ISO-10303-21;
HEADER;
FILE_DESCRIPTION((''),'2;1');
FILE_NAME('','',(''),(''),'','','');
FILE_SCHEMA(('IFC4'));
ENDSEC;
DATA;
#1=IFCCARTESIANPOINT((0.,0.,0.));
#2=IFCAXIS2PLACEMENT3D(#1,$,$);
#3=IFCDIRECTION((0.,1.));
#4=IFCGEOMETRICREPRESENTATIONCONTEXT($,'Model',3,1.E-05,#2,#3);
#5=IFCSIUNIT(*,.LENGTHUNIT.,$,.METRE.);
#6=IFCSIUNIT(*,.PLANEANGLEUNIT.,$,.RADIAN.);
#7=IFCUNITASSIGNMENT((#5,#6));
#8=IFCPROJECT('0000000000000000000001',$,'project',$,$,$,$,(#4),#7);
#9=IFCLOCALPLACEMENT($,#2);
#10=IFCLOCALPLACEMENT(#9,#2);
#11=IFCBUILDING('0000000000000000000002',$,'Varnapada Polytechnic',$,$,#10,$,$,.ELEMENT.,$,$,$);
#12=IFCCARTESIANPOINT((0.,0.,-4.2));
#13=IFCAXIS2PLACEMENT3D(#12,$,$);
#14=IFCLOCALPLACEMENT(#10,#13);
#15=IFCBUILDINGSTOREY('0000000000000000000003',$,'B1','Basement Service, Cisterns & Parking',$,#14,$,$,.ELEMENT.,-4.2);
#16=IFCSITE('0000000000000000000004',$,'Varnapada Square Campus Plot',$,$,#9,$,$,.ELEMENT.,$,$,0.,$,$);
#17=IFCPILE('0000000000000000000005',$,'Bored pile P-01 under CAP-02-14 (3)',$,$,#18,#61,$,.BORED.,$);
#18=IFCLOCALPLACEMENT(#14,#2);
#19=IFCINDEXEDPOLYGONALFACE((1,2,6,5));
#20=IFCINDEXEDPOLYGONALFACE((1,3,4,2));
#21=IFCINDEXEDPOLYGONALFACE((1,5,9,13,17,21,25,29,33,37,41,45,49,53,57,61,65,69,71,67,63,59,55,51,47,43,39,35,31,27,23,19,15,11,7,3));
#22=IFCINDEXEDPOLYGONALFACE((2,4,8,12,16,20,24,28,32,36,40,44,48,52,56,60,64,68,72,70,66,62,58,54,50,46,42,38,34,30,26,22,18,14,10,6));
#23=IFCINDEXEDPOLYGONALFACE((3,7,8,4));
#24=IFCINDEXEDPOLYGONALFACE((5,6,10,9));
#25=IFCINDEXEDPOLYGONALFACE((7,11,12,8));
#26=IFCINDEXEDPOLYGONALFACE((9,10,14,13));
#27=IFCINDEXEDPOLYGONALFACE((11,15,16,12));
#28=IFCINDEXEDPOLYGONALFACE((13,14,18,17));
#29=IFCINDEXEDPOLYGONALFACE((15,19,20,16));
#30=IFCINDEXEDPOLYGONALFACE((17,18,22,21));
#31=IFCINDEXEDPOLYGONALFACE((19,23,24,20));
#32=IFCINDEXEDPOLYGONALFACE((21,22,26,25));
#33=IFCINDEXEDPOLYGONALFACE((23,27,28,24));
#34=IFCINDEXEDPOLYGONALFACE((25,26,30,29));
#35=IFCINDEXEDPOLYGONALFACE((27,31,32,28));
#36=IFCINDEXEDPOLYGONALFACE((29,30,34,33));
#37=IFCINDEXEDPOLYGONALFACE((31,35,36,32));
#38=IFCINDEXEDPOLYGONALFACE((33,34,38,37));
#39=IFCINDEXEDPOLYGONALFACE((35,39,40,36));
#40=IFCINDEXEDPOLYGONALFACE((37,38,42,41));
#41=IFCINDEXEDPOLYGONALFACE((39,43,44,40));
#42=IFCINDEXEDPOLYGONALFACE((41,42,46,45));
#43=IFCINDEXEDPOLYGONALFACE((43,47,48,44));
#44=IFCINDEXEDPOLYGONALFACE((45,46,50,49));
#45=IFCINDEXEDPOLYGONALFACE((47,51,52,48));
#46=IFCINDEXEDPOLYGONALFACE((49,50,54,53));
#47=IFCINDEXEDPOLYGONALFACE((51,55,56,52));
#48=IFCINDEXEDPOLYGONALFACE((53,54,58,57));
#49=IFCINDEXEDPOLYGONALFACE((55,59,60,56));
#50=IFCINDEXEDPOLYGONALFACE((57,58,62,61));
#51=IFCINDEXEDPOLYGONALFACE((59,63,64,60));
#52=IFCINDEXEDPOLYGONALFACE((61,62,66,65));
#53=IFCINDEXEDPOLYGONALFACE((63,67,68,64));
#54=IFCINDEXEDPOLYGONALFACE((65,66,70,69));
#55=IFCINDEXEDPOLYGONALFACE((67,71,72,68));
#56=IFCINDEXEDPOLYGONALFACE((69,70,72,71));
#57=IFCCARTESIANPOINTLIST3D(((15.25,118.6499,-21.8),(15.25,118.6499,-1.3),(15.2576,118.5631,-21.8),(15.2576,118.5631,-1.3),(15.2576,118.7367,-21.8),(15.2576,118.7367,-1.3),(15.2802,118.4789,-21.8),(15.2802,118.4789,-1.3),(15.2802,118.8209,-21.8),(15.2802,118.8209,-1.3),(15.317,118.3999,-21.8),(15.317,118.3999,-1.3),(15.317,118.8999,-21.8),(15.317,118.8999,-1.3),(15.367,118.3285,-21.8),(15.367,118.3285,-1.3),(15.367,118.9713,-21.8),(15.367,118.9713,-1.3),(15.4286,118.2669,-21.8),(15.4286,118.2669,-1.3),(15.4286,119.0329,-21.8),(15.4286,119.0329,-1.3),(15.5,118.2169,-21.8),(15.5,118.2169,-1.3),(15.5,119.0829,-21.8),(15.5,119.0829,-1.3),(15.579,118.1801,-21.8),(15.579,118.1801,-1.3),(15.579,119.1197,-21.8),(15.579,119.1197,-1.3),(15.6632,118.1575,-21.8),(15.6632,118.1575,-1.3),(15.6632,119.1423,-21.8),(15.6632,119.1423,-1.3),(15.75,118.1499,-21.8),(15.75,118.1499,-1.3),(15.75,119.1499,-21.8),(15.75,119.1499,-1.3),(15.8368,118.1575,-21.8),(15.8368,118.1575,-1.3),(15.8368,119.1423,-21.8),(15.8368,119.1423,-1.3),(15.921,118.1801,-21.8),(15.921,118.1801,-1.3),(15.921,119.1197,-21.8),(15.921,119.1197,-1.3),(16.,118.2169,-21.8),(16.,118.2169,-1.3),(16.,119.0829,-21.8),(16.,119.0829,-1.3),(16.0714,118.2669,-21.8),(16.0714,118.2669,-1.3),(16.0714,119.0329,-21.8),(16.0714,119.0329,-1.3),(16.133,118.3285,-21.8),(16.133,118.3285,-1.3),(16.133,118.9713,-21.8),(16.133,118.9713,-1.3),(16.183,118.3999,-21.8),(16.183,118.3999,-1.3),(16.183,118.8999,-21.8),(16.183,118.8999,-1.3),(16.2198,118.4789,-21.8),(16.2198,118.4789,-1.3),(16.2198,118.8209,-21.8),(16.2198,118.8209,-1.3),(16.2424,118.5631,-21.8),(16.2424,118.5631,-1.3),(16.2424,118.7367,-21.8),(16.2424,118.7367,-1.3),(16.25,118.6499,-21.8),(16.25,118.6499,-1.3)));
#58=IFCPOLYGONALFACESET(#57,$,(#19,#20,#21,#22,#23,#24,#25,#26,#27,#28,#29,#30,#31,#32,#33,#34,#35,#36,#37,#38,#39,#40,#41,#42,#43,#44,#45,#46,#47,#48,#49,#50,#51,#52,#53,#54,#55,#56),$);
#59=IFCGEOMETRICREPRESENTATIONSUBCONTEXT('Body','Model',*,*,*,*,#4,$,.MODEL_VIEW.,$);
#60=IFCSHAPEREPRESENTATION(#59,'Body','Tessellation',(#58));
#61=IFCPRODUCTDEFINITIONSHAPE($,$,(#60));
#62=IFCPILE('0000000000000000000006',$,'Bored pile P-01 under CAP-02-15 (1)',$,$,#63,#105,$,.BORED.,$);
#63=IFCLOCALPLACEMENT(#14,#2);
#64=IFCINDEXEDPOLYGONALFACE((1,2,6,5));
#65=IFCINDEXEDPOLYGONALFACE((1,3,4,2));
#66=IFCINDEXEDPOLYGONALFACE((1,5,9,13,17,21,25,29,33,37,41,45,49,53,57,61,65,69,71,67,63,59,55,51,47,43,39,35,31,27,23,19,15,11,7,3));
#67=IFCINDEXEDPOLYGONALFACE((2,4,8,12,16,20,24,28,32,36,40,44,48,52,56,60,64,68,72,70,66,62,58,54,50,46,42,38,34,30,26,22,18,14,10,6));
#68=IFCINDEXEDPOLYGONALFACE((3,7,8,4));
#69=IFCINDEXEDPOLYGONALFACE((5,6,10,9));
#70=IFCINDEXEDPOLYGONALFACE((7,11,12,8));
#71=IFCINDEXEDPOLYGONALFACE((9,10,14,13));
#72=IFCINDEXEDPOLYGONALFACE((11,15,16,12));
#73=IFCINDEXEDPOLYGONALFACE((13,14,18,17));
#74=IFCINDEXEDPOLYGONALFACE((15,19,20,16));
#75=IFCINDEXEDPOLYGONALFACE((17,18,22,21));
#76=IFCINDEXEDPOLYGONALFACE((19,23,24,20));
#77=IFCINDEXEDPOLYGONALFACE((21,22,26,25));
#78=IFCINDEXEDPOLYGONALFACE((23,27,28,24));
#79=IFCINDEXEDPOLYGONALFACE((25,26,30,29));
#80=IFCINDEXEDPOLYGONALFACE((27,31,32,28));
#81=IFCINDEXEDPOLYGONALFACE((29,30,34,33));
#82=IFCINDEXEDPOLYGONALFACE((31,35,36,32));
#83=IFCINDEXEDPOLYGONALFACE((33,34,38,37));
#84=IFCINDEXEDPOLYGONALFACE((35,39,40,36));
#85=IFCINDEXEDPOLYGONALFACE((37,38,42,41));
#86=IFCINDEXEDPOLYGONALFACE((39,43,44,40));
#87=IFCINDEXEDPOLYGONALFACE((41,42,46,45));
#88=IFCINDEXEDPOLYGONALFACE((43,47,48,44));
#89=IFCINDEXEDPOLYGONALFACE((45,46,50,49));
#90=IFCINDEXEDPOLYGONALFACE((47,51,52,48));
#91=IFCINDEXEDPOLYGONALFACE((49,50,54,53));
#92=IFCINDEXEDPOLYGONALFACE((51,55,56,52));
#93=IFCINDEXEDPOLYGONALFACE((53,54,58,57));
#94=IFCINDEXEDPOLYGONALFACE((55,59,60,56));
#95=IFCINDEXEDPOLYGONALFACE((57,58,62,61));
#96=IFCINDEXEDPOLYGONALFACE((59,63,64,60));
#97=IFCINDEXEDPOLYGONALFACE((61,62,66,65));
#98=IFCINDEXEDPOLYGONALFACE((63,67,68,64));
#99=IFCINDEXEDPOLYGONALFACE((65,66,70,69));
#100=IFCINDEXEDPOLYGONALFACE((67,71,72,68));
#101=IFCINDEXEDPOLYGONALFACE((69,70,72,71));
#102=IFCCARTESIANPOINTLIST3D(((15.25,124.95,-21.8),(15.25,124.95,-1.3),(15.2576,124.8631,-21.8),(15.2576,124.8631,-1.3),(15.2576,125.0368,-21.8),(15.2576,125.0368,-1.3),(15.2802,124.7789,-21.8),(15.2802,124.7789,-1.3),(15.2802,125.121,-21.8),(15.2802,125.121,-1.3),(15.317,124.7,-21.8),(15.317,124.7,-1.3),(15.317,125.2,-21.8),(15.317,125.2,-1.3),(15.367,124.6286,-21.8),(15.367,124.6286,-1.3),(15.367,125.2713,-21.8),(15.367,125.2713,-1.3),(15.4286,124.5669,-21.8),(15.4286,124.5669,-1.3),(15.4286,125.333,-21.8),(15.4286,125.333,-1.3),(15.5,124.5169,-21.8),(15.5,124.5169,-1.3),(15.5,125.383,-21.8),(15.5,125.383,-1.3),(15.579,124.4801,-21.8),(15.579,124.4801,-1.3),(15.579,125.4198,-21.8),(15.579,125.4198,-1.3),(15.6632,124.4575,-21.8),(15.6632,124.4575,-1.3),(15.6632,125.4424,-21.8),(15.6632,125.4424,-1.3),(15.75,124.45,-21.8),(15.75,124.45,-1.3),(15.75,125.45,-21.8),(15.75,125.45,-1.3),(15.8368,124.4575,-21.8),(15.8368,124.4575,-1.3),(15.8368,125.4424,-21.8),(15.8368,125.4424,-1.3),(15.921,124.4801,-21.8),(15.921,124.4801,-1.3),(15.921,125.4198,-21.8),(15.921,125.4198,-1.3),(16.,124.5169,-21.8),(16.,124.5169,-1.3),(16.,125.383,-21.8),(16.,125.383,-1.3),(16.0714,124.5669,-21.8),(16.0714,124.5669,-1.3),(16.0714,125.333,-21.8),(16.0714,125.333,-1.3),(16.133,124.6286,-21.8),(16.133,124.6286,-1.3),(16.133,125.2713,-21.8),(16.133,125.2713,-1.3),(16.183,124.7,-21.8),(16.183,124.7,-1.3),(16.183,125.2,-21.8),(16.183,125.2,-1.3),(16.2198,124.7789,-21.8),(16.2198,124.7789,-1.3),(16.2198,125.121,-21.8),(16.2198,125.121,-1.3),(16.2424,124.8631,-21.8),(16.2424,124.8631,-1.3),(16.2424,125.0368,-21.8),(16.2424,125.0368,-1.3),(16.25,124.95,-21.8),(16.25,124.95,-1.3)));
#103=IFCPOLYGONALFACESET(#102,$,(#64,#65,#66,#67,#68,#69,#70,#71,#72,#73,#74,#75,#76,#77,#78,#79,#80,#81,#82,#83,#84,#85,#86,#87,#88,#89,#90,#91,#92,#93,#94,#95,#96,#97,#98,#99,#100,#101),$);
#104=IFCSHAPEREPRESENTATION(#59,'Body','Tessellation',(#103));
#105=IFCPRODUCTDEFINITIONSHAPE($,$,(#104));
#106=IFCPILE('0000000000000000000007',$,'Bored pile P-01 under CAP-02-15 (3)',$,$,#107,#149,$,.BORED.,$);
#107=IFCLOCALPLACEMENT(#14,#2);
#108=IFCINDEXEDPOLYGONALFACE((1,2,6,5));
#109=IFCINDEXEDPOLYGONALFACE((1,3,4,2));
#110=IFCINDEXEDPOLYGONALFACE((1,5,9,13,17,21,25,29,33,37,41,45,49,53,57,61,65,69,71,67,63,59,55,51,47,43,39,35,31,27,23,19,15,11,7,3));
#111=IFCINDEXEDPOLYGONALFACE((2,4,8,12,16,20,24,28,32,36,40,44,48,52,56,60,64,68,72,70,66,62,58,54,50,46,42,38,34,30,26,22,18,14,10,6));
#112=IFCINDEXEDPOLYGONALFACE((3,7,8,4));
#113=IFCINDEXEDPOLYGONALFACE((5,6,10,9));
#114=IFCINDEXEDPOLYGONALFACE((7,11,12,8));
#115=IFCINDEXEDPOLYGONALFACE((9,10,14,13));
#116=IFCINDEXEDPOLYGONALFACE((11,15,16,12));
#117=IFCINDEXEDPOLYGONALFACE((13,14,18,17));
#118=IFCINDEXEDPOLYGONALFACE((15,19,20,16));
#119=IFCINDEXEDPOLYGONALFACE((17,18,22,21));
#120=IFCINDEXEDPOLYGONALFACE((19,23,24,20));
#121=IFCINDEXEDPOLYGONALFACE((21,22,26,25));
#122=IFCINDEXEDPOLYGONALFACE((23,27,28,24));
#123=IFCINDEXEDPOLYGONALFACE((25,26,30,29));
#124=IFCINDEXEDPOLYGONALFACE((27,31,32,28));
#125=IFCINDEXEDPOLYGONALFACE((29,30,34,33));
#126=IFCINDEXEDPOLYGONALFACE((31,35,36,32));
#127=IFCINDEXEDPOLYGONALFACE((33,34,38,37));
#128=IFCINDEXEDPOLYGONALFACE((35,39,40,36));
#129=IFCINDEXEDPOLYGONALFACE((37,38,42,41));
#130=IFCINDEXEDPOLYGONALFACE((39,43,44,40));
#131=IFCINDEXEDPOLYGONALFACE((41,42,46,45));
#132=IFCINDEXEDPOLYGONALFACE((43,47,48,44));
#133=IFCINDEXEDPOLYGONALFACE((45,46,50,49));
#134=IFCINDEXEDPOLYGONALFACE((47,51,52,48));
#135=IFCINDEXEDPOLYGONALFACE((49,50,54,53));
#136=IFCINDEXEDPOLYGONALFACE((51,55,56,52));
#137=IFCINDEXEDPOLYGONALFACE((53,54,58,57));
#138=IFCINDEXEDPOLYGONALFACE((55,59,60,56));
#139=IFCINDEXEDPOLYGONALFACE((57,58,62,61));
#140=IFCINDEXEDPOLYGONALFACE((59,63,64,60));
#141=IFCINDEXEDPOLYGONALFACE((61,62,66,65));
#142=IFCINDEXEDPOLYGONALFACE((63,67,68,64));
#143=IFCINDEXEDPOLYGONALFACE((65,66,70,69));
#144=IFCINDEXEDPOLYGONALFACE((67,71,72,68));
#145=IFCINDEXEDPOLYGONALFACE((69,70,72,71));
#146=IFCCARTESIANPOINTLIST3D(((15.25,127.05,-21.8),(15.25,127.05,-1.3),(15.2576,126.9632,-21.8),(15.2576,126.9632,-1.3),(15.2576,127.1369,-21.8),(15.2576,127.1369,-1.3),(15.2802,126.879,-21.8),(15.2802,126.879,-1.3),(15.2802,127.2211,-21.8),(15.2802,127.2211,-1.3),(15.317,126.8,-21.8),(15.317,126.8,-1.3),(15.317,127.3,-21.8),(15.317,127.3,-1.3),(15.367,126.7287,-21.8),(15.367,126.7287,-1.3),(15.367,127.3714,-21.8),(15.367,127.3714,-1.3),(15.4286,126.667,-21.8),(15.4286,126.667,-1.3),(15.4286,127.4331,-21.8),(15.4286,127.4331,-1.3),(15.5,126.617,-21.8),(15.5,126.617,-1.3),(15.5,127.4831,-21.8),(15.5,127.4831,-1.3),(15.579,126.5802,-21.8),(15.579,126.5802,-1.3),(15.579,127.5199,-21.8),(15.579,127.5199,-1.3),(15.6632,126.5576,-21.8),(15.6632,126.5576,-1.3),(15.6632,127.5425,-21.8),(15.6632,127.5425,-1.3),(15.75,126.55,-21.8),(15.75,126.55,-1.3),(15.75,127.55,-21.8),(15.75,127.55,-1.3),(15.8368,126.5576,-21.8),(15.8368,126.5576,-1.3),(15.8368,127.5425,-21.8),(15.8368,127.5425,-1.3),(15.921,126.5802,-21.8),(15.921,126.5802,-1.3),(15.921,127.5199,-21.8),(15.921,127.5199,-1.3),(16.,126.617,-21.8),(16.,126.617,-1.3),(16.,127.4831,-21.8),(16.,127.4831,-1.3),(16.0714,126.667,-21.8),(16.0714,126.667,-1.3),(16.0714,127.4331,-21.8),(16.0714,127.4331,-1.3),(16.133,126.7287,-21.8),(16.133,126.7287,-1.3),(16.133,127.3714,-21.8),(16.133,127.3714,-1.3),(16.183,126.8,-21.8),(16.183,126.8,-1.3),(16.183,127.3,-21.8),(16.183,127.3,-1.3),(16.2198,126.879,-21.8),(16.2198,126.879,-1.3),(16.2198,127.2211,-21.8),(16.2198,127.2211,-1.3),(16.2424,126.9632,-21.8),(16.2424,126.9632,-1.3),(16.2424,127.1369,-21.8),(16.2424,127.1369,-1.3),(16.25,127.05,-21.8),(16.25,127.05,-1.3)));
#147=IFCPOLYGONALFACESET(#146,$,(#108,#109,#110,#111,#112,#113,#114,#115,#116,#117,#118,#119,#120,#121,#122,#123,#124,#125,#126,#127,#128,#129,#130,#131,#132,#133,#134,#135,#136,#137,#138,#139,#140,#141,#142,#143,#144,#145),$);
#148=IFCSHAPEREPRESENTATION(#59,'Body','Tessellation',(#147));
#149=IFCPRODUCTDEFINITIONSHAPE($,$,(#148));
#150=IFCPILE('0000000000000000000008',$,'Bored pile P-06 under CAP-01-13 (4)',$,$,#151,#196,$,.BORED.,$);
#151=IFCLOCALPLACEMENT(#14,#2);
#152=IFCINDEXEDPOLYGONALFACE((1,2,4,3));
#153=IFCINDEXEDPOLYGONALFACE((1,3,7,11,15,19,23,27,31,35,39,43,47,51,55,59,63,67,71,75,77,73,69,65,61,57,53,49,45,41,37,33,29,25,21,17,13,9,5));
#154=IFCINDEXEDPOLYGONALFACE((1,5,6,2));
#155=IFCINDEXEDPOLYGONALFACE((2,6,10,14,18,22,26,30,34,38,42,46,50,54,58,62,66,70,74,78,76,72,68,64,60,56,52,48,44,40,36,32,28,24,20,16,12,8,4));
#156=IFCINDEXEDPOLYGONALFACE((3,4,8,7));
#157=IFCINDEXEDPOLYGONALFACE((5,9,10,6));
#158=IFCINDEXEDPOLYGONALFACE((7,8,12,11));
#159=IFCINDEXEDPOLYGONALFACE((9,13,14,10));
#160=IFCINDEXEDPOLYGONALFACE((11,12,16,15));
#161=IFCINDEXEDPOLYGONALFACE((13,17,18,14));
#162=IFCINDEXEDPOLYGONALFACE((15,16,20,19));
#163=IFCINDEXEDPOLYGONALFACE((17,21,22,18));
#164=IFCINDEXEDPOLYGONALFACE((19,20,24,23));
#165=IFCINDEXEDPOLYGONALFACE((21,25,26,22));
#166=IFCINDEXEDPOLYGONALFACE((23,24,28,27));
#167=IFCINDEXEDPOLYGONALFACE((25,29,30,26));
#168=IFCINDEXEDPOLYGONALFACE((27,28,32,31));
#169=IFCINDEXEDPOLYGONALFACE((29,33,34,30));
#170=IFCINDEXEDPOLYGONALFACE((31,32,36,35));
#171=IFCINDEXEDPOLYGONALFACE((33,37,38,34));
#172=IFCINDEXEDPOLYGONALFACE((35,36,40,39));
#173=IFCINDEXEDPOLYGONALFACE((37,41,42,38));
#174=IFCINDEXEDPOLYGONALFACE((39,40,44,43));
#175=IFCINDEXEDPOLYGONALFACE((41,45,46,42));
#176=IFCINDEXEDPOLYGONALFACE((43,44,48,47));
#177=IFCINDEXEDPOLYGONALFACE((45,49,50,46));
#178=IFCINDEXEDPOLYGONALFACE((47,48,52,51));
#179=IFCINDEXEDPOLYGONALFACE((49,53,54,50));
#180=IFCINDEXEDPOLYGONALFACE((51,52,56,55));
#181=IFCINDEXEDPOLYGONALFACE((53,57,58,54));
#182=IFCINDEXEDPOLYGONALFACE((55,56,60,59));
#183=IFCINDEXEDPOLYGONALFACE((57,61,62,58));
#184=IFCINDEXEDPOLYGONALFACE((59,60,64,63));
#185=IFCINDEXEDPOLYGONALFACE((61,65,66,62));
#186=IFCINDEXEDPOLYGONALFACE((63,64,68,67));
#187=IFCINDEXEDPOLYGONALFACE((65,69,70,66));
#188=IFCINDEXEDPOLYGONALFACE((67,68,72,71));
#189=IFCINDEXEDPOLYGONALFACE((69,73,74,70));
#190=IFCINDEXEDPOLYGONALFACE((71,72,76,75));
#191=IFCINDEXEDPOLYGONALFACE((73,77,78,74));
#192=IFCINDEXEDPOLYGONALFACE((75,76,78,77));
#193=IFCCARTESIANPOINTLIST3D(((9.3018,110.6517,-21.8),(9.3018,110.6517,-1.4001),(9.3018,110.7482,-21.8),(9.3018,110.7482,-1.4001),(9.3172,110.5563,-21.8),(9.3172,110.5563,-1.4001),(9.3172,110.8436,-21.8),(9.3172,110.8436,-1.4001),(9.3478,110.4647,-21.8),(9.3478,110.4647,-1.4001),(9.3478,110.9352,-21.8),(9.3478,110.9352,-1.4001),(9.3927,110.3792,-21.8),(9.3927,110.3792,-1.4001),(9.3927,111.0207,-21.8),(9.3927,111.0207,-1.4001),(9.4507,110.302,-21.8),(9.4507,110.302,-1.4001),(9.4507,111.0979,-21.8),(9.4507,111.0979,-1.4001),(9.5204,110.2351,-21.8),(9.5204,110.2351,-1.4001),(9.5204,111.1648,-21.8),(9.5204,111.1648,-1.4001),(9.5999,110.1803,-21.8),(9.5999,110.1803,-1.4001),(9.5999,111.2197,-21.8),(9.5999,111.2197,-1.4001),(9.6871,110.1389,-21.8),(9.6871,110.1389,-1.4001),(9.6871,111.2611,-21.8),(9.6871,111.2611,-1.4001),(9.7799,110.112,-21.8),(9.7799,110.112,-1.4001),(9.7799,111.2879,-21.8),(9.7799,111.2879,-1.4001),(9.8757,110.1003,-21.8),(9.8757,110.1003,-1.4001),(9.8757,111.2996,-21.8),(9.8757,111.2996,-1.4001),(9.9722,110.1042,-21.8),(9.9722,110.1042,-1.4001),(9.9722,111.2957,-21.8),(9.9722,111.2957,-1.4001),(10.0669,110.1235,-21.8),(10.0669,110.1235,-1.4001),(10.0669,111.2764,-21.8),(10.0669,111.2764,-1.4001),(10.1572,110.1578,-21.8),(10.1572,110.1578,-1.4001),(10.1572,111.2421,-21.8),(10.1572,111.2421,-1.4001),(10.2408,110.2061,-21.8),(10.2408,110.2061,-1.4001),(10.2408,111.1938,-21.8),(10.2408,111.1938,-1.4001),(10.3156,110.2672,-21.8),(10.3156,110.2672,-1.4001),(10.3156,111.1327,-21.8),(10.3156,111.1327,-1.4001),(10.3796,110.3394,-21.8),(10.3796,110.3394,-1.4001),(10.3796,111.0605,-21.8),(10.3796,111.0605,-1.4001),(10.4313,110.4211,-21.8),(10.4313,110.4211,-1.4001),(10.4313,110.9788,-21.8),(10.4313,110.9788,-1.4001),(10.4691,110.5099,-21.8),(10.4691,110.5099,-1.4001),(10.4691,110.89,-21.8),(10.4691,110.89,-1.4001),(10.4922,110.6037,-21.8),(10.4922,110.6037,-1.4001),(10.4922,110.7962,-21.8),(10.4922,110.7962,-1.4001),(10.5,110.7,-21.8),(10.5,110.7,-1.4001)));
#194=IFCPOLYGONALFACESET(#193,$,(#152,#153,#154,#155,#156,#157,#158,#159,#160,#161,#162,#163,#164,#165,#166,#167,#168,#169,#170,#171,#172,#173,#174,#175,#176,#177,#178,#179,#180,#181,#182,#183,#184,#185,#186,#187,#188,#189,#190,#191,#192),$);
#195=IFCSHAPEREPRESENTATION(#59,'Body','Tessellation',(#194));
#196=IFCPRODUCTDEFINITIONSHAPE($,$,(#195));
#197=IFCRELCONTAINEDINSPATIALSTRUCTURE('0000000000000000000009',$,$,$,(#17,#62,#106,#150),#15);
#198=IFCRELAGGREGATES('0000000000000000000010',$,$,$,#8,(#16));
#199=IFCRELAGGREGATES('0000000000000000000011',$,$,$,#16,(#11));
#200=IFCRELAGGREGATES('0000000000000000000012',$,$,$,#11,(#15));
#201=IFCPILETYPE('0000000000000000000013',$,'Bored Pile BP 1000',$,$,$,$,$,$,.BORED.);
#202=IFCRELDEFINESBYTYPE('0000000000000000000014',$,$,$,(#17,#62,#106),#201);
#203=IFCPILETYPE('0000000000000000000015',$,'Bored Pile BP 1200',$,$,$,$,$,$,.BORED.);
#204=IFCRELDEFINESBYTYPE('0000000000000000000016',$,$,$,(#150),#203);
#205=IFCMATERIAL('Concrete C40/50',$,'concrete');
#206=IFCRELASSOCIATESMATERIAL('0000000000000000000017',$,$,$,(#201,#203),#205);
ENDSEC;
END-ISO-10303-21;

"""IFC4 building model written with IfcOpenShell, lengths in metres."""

from ifc_helpers import new_model, si_unit, direction, frame, origin, origin_2d, place, context, subcontext, project, spatial, circle, extrude, material, material_profile, profile_set, type_object, element, save


model = new_model("IFC4")

# Units and contexts
model_context = context("Model", 3, precision=1e-05, world=origin(), true_north=direction((0.0, 1.0)))
body_context = subcontext(model_context, "Body", "Model", "MODEL_VIEW")
ifc_project = project(units=[si_unit("LENGTHUNIT", "METRE"), si_unit("PLANEANGLEUNIT", "RADIAN")], contexts=[model_context])

# Site, building, storey
site_placement = place(None, origin())
site = spatial("IfcSite", under=ifc_project, at=site_placement, Name="Varnapada Square Campus Plot", CompositionType="ELEMENT", RefElevation=0.0)
building_placement = place(site_placement, origin())
building = spatial("IfcBuilding", under=site, at=building_placement, Name="Varnapada Polytechnic", CompositionType="ELEMENT")
storey_placement = place(building_placement, frame((0.0, 0.0, -4.2)))
storey = spatial("IfcBuildingStorey", under=building, at=storey_placement, Name="B1", Description="Basement Service, Cisterns & Parking", CompositionType="ELEMENT", Elevation=-4.2)

# Piles
ifc_material_1 = material(Name="Concrete C40/50", Category="concrete")
ifc_material_profile_1 = material_profile(ifc_material_1, circle(Radius=0.5, at=origin_2d()), Name="BP 1000")
ifc_profile_set_1 = profile_set([ifc_material_profile_1], Name="Concrete C40/50")
pile_type_1 = type_object("IfcPileType", Name="Bored Pile BP 1000", PredefinedType="BORED", material=ifc_profile_set_1)
for number, where, z_axis, x_axis, name in (
    (1, (15.75, 118.6499, -1.3), (0.0, 0.0, -1.0), (1.0, 0.0, 0.0), "Bored pile P-01 under CAP-02-14 (3)"),
    (2, (15.75, 124.95, -1.3), (0.0, 0.0, -1.0), (1.0, 0.0, 0.0), "Bored pile P-01 under CAP-02-15 (1)"),
    (3, (15.75, 127.05, -1.3), (0.0, 0.0, -1.0), (1.0, 0.0, 0.0), "Bored pile P-01 under CAP-02-15 (3)"),
):
    element("IfcPile", number, at=place(storey_placement, frame(where, z_axis=z_axis, x_axis=x_axis)), inside=storey, type_object=pile_type_1, Name=name, PredefinedType="BORED", context=body_context, shape_type="SweptSolid", body=[
        extrude(circle(Radius=0.5, at=origin_2d()), origin(), (0.0, 0.0, 1.0), 20.5),
    ])
ifc_material_profile_2 = material_profile(ifc_material_1, circle(Radius=0.6001, at=origin_2d()), Name="BP 1200")
ifc_profile_set_2 = profile_set([ifc_material_profile_2], Name="Concrete C40/50")
pile_type_2 = type_object("IfcPileType", Name="Bored Pile BP 1200", PredefinedType="BORED", material=ifc_profile_set_2)
for number, where, z_axis, x_axis, name in (
    (4, (9.8999, 110.7, -1.4001), (0.0, 0.0, -1.0), (1.0, 0.0, 0.0), "Bored pile P-06 under CAP-01-13 (4)"),
):
    element("IfcPile", number, at=place(storey_placement, frame(where, z_axis=z_axis, x_axis=x_axis)), inside=storey, type_object=pile_type_2, Name=name, PredefinedType="BORED", context=body_context, shape_type="SweptSolid", body=[
        extrude(circle(Radius=0.6001, at=origin_2d()), origin(), (0.0, 0.0, 1.0), 20.3999),
    ])

save(model, "model.ifc")
